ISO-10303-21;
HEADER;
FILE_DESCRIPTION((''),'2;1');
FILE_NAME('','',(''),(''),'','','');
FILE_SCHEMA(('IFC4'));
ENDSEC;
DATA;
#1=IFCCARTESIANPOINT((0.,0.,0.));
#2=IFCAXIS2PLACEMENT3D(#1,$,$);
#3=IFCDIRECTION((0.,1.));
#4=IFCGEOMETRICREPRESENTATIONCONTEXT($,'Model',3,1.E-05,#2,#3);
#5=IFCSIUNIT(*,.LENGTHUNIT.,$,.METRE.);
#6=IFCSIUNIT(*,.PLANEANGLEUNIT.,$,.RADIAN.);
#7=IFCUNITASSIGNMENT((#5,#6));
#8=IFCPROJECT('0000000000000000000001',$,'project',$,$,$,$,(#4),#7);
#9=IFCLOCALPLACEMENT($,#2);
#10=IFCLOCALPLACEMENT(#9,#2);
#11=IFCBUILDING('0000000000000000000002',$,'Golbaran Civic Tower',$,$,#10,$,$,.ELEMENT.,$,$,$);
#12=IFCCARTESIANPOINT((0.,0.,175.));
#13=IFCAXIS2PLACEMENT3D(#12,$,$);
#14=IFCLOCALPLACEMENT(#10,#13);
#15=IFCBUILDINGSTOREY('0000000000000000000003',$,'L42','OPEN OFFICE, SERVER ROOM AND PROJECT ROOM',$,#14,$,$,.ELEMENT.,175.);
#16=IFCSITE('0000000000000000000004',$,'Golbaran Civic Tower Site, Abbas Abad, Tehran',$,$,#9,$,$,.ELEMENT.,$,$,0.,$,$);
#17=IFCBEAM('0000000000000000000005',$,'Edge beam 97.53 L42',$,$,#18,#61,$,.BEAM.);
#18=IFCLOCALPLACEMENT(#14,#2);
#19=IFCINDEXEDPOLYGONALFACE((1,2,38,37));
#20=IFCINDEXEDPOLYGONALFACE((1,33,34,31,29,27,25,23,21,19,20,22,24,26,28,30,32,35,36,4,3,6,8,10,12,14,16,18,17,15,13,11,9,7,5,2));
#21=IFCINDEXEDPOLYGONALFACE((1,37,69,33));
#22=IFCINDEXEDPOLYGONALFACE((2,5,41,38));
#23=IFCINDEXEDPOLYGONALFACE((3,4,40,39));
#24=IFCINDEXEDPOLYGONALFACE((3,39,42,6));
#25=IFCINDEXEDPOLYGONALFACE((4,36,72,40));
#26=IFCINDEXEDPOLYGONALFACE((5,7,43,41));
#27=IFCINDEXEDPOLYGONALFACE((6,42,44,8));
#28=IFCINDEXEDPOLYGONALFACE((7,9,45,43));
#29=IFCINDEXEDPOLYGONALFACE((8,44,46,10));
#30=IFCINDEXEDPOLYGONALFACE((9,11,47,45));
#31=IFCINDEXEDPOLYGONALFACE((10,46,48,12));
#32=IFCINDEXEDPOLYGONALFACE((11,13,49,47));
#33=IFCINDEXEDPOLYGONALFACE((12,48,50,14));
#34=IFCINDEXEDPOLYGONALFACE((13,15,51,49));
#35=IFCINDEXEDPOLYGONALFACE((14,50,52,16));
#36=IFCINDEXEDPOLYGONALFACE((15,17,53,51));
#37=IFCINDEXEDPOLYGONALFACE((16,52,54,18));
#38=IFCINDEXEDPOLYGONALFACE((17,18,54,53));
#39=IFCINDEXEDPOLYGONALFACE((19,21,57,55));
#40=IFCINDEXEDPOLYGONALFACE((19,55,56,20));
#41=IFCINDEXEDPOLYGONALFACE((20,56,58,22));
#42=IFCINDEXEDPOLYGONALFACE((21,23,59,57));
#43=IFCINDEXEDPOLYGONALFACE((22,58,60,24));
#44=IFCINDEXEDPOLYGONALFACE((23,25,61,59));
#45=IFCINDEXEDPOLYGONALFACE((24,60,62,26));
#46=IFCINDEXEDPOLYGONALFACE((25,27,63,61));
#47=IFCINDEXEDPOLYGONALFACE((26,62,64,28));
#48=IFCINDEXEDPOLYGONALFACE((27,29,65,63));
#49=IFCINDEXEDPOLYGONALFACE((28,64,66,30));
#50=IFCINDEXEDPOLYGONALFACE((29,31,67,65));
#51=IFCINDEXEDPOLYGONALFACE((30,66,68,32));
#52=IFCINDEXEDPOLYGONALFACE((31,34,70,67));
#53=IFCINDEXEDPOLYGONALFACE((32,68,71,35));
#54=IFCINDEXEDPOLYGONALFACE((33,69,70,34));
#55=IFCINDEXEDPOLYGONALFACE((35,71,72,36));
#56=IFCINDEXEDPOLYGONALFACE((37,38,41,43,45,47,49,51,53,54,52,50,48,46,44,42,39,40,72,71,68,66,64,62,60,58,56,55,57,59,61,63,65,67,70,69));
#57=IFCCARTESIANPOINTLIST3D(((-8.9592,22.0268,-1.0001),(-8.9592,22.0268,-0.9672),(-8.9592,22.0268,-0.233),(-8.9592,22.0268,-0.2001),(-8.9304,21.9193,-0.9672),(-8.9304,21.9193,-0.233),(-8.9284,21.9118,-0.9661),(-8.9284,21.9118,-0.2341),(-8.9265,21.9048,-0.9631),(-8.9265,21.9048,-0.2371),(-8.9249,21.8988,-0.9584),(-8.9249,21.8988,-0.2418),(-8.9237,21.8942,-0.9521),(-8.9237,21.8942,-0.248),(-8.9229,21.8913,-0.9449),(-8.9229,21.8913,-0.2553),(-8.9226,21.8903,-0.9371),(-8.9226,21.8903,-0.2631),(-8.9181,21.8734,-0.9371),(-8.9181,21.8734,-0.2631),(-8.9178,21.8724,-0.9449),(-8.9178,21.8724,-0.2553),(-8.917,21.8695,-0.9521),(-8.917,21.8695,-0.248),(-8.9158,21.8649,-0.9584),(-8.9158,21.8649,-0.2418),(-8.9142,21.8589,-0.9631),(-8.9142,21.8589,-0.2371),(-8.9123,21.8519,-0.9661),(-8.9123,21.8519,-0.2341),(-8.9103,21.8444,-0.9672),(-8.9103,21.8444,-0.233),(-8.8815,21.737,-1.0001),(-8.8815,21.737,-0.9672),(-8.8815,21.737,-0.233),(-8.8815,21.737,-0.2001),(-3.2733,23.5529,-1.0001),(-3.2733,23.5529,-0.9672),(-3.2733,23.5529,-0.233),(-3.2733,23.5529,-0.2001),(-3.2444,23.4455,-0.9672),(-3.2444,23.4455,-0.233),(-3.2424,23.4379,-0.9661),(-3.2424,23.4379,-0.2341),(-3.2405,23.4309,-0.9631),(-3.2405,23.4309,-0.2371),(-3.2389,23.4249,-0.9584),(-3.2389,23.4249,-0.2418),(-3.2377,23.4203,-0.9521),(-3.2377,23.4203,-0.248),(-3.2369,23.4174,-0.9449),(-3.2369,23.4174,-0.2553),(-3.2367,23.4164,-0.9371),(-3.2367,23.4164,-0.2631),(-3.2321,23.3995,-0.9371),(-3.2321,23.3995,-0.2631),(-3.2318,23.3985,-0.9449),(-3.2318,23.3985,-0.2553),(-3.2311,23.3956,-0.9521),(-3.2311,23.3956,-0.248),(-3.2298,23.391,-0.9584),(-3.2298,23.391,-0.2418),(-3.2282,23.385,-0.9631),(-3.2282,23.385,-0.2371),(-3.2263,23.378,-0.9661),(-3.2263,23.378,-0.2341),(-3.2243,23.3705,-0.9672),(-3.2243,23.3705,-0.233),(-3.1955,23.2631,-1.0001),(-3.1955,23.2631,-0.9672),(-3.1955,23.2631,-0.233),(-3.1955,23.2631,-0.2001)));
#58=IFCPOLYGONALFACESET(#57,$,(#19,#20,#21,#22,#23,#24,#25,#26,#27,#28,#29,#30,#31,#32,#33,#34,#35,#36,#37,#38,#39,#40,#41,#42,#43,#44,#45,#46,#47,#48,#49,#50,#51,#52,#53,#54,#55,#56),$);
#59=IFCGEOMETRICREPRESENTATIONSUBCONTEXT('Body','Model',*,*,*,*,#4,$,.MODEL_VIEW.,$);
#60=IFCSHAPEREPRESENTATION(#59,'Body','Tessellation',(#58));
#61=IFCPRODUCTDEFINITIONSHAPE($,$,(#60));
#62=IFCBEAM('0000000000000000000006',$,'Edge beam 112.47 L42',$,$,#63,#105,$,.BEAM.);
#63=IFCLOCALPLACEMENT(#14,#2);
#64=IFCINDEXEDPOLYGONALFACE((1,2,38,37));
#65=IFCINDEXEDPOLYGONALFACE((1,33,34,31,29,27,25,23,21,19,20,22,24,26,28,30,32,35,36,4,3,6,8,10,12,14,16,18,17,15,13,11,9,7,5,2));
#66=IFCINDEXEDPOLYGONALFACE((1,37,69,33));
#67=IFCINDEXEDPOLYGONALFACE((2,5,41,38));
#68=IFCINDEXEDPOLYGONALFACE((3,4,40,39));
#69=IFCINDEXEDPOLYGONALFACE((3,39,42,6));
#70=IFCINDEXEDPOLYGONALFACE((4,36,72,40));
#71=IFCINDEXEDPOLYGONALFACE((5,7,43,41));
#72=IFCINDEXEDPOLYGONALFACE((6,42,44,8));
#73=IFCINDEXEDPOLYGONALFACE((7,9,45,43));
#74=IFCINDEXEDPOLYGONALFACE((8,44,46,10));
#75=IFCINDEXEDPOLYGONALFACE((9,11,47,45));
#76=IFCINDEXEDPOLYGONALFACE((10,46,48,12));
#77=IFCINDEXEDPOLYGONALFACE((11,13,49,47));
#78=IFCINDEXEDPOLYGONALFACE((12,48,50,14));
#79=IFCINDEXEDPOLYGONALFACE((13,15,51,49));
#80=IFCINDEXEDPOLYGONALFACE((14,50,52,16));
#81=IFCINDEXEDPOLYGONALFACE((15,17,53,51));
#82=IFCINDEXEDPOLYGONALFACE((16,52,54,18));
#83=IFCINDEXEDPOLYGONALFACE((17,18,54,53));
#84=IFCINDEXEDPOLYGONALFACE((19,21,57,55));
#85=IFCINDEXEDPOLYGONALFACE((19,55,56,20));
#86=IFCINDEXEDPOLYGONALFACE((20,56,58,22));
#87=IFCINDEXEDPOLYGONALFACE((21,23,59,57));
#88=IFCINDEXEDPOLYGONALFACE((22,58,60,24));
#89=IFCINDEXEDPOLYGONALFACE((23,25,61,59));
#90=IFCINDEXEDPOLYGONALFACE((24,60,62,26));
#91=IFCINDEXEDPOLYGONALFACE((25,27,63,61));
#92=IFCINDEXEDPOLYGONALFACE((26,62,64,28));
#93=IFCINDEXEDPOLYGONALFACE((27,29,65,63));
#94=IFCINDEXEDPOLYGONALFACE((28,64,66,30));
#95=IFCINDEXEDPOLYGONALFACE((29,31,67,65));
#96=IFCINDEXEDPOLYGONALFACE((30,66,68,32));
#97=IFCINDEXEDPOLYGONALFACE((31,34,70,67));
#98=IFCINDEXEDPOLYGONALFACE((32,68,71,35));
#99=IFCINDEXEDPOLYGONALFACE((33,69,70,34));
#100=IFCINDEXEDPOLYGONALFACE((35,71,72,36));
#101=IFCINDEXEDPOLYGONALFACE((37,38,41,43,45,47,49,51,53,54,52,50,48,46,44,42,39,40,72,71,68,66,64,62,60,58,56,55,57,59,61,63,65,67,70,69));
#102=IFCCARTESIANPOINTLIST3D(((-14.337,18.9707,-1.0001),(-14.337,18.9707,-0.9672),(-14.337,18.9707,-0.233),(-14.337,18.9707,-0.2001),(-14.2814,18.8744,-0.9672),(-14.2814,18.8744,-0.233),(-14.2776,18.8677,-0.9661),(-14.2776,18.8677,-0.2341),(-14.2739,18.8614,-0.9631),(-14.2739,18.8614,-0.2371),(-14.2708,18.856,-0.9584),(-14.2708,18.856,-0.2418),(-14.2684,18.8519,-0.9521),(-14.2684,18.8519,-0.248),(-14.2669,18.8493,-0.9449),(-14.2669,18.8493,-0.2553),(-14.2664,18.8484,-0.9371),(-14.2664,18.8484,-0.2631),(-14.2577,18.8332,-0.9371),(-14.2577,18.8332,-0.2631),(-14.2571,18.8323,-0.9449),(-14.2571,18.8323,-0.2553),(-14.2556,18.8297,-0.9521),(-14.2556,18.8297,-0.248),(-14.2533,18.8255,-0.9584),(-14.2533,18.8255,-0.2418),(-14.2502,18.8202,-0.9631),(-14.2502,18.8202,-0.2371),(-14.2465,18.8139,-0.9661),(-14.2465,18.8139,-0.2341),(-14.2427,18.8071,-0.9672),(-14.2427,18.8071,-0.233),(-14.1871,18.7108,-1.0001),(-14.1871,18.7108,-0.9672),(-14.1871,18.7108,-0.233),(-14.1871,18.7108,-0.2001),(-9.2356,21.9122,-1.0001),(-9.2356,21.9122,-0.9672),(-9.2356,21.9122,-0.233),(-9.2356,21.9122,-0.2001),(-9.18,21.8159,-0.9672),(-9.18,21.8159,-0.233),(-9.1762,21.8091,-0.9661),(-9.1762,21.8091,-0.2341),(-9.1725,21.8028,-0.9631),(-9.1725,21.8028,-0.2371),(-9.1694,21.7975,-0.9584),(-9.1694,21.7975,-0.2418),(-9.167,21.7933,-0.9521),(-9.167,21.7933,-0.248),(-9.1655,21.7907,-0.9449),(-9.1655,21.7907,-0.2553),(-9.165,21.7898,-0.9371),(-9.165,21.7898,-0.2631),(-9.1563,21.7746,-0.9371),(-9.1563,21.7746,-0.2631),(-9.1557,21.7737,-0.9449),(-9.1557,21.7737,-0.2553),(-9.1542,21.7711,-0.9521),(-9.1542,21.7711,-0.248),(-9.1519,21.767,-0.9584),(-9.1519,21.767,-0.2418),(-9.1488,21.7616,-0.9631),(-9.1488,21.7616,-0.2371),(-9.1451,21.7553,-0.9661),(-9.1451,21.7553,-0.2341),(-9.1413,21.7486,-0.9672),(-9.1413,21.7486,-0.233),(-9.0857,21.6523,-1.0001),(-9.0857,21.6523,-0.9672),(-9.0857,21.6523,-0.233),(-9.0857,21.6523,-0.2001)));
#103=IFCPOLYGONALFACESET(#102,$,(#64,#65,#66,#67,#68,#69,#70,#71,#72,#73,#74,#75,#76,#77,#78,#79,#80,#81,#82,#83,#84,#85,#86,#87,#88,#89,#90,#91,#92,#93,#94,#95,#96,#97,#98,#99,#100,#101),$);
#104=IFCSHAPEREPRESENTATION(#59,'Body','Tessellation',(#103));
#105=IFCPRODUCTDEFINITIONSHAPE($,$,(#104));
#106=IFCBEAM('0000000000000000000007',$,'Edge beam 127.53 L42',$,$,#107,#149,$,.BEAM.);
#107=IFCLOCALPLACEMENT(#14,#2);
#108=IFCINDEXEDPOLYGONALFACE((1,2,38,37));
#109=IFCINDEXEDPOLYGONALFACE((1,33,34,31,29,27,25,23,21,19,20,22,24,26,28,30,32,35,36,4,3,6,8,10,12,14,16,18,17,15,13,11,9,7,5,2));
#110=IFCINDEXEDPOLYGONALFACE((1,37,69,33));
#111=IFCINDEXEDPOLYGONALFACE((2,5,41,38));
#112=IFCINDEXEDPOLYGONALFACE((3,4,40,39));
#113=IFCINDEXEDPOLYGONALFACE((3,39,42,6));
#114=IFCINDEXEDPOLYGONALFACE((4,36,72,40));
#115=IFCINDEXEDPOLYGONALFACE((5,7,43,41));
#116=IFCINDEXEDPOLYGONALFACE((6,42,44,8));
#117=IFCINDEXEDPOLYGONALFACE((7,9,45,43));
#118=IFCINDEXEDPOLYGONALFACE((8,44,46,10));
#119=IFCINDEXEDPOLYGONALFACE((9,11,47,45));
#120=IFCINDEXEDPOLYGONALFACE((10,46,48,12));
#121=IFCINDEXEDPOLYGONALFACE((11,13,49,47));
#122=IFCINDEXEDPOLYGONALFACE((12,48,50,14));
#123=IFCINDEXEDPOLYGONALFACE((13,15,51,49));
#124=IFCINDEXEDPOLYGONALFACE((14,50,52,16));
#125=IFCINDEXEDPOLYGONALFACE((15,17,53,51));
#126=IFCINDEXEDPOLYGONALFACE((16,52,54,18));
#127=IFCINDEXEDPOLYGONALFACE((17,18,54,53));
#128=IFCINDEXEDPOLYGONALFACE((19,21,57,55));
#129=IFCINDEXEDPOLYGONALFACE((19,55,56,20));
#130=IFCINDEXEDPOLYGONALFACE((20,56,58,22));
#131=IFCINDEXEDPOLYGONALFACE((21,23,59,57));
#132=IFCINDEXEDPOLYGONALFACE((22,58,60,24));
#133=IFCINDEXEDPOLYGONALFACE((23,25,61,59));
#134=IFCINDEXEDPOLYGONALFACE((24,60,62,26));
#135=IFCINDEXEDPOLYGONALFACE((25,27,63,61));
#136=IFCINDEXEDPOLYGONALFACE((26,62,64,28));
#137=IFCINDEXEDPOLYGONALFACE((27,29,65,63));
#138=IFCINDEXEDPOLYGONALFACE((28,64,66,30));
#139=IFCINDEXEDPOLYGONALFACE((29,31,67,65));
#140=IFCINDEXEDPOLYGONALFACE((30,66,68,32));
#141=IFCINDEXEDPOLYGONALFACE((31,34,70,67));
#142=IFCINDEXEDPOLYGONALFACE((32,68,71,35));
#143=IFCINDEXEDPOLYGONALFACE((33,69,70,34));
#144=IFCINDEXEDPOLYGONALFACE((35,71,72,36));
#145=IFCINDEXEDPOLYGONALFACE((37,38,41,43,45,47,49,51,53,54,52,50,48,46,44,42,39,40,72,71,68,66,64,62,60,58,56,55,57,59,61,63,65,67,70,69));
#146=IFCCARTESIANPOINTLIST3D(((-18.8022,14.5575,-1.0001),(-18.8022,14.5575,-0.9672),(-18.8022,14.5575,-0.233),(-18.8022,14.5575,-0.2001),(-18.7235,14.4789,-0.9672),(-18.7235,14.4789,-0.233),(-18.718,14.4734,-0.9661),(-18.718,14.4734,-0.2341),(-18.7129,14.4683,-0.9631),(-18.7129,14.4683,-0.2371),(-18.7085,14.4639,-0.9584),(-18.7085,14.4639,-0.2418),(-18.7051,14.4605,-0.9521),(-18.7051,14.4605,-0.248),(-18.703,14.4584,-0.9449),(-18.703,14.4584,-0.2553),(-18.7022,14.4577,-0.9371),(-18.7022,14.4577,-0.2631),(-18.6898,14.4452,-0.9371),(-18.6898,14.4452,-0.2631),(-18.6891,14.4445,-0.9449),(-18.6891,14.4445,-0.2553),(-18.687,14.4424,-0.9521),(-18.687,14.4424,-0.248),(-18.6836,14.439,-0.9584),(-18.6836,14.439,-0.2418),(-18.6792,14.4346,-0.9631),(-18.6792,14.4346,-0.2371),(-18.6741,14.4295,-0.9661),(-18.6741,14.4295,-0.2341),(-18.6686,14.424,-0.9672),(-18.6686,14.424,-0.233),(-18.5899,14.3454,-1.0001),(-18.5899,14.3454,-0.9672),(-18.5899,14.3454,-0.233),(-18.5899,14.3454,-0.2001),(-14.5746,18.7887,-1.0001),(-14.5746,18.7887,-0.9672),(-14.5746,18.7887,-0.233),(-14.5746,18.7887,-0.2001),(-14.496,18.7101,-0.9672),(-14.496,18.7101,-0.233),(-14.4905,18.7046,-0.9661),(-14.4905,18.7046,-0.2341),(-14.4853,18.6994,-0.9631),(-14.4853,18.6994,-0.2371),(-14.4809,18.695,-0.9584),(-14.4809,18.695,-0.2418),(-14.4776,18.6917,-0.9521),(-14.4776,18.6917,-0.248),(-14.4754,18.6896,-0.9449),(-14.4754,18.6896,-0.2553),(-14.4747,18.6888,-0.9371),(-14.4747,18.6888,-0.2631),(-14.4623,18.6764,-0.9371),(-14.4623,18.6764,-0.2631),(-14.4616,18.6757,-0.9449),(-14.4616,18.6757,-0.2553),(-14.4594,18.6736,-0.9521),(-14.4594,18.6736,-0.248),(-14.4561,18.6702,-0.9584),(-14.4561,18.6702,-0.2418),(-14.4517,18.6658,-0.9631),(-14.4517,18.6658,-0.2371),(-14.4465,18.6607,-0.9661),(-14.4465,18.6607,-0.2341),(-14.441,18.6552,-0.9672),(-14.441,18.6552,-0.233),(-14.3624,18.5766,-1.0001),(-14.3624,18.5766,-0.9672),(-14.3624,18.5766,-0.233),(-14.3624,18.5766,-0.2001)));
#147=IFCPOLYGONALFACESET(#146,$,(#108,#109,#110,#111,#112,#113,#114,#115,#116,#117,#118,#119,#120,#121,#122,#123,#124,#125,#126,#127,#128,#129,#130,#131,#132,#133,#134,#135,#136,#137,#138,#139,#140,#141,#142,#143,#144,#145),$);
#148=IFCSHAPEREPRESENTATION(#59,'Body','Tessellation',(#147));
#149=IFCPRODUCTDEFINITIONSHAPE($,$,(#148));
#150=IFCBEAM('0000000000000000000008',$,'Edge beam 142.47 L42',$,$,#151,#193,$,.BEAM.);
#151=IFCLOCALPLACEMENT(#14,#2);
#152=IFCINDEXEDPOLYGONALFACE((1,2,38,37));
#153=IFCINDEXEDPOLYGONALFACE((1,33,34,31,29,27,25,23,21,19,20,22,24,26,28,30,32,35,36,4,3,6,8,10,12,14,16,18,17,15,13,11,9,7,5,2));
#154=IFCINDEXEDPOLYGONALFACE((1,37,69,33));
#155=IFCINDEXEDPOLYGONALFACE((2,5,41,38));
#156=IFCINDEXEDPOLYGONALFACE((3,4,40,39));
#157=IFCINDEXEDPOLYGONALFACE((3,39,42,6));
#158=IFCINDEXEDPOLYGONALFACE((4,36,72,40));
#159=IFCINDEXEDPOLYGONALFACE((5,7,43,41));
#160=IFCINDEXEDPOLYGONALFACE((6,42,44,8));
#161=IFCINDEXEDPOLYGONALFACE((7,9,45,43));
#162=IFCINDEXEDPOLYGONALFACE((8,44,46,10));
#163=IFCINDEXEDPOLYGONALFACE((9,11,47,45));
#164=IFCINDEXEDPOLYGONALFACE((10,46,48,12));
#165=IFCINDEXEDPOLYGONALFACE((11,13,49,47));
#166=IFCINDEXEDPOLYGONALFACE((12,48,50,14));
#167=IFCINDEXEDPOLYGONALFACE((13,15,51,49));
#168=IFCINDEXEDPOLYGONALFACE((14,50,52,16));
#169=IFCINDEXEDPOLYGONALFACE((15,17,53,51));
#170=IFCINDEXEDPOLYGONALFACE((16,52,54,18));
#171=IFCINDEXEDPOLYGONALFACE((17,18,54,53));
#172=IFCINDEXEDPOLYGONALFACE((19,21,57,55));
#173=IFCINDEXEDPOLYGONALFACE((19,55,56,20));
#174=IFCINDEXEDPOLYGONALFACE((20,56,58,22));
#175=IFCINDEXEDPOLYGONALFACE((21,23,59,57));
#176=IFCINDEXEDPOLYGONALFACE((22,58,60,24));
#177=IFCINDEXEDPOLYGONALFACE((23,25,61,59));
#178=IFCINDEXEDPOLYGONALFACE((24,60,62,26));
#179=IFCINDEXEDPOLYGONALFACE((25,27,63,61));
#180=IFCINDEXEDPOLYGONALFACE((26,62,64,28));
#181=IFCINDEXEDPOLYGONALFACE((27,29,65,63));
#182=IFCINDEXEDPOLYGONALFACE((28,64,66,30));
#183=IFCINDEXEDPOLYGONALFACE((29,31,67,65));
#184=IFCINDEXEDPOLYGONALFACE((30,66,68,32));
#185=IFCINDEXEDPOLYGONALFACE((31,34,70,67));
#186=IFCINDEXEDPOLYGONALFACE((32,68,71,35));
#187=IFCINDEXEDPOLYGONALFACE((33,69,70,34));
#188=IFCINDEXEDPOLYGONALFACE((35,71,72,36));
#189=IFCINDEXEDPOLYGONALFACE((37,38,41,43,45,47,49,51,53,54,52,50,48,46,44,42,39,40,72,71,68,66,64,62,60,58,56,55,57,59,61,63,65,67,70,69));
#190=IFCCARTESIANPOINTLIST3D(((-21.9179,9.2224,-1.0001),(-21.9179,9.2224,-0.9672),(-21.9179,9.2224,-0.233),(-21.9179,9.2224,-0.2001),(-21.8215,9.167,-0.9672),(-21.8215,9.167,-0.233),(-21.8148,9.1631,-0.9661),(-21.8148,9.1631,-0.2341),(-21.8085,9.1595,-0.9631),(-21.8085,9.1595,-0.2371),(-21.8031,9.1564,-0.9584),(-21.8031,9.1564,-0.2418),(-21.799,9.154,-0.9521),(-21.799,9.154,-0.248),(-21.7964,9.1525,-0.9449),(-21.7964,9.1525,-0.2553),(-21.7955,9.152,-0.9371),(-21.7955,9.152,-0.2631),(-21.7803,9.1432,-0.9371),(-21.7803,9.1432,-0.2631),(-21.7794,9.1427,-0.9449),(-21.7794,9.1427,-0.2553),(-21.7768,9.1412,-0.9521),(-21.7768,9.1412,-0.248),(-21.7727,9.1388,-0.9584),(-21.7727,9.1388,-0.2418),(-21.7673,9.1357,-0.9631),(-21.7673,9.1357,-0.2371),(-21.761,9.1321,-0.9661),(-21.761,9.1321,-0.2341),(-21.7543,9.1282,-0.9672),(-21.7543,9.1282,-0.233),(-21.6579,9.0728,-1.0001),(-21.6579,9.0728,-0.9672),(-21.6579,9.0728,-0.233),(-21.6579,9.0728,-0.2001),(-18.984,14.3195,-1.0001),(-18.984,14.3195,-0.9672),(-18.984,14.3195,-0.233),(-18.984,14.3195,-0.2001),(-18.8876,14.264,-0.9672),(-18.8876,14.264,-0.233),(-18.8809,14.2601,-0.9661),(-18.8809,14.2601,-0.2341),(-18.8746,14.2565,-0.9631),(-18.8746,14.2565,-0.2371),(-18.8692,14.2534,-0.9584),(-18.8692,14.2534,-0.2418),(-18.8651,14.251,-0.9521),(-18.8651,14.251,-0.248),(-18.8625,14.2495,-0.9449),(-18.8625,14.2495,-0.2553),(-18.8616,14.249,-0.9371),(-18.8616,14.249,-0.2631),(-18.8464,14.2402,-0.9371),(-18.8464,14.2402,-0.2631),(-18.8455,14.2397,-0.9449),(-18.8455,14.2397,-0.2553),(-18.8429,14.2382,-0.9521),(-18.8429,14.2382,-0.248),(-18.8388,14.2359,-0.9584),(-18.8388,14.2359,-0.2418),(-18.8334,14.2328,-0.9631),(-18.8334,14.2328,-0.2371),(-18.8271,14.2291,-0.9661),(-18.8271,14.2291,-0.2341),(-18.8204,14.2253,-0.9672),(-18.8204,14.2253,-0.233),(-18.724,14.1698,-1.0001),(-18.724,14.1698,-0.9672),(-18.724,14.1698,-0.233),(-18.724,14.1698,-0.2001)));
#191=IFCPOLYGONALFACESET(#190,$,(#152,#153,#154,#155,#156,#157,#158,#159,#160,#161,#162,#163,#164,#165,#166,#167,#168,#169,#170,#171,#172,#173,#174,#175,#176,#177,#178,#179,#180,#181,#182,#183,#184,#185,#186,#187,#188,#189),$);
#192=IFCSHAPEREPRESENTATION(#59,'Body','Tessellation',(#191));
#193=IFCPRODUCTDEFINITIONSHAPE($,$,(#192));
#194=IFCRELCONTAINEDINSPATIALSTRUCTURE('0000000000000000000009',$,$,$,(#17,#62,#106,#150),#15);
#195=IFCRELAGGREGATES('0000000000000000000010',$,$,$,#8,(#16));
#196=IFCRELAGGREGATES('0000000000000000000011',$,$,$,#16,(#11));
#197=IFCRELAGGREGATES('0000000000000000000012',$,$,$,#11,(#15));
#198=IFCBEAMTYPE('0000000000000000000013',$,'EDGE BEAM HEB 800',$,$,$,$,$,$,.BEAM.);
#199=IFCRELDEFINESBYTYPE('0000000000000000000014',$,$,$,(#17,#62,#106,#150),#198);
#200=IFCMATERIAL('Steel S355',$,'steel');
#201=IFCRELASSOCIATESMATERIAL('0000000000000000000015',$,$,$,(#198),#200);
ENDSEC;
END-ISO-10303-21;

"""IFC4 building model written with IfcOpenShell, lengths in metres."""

from ifc_helpers import new_model, si_unit, direction, frame, origin, origin_2d, place, context, subcontext, project, spatial, i_section, extrude, material, material_profile, profile_set, type_object, element, save


model = new_model("IFC4")

# Units and contexts
model_context = context("Model", 3, precision=1e-05, world=origin(), true_north=direction((0.0, 1.0)))
body_context = subcontext(model_context, "Body", "Model", "MODEL_VIEW")
ifc_project = project(units=[si_unit("LENGTHUNIT", "METRE"), si_unit("PLANEANGLEUNIT", "RADIAN")], contexts=[model_context])

# Site, building, storey
site_placement = place(None, origin())
site = spatial("IfcSite", under=ifc_project, at=site_placement, Name="Golbaran Civic Tower Site, Abbas Abad, Tehran", CompositionType="ELEMENT", RefElevation=0.0)
building_placement = place(site_placement, origin())
building = spatial("IfcBuilding", under=site, at=building_placement, Name="Golbaran Civic Tower", CompositionType="ELEMENT")
storey_placement = place(building_placement, frame((0.0, 0.0, 175.0)))
storey = spatial("IfcBuildingStorey", under=building, at=storey_placement, Name="L42", Description="OPEN OFFICE, SERVER ROOM AND PROJECT ROOM", CompositionType="ELEMENT", Elevation=175.0)

# Beams
ifc_material_1 = material(Name="Steel S355", Category="steel")
ifc_material_profile_1 = material_profile(ifc_material_1, i_section(OverallWidth=0.3, OverallDepth=0.8, WebThickness=0.0176, FlangeThickness=0.033, FilletRadius=0.03, at=origin_2d()), Name="HEB 800")
ifc_profile_set_1 = profile_set([ifc_material_profile_1], Name="Steel S355")
beam_type_1 = type_object("IfcBeamType", Name="EDGE BEAM HEB 800", PredefinedType="BEAM", material=ifc_profile_set_1)
beam_1_placement = place(storey_placement, frame((-3.2344, 23.408, -0.6001), z_axis=(-0.965817, -0.259224, 0.0), x_axis=(0.259224, -0.965817, 0.0)))
element("IfcBeam", 1, at=beam_1_placement, inside=storey, type_object=beam_type_1, Name="Edge beam 97.53 L42", PredefinedType="BEAM", context=body_context, shape_type="SweptSolid", body=[
    extrude(i_section(OverallWidth=0.3, OverallDepth=0.8, WebThickness=0.0176, FlangeThickness=0.033, FilletRadius=0.03, at=origin_2d()), origin(), (0.0, 0.0, 1.0), 5.8872),
])
beam_2_placement = place(storey_placement, frame((-9.1606, 21.7822, -0.6001), z_axis=(-0.866308, -0.499511, 0.0), x_axis=(0.499511, -0.866308, 0.0)))
element("IfcBeam", 2, at=beam_2_placement, inside=storey, type_object=beam_type_1, Name="Edge beam 112.47 L42", PredefinedType="BEAM", context=body_context, shape_type="SweptSolid", body=[
    extrude(i_section(OverallWidth=0.3, OverallDepth=0.8, WebThickness=0.0176, FlangeThickness=0.033, FilletRadius=0.03, at=origin_2d()), origin(), (0.0, 0.0, 1.0), 5.8887),
])
beam_3_placement = place(storey_placement, frame((-14.4685, 18.6826, -0.6001), z_axis=(-0.706801, -0.707413, 0.0), x_axis=(0.707413, -0.706801, 0.0)))
element("IfcBeam", 3, at=beam_3_placement, inside=storey, type_object=beam_type_1, Name="Edge beam 127.53 L42", PredefinedType="BEAM", context=body_context, shape_type="SweptSolid", body=[
    extrude(i_section(OverallWidth=0.3, OverallDepth=0.8, WebThickness=0.0176, FlangeThickness=0.033, FilletRadius=0.03, at=origin_2d()), origin(), (0.0, 0.0, 1.0), 5.9812),
])
beam_4_placement = place(storey_placement, frame((-18.854, 14.2446, -0.6001), z_axis=(-0.498868, -0.866678, 0.0), x_axis=(0.866678, -0.498868, 0.0)))
element("IfcBeam", 4, at=beam_4_placement, inside=storey, type_object=beam_type_1, Name="Edge beam 142.47 L42", PredefinedType="BEAM", context=body_context, shape_type="SweptSolid", body=[
    extrude(i_section(OverallWidth=0.3, OverallDepth=0.8, WebThickness=0.0176, FlangeThickness=0.033, FilletRadius=0.03, at=origin_2d()), origin(), (0.0, 0.0, 1.0), 5.8811),
])

save(model, "model.ifc")
